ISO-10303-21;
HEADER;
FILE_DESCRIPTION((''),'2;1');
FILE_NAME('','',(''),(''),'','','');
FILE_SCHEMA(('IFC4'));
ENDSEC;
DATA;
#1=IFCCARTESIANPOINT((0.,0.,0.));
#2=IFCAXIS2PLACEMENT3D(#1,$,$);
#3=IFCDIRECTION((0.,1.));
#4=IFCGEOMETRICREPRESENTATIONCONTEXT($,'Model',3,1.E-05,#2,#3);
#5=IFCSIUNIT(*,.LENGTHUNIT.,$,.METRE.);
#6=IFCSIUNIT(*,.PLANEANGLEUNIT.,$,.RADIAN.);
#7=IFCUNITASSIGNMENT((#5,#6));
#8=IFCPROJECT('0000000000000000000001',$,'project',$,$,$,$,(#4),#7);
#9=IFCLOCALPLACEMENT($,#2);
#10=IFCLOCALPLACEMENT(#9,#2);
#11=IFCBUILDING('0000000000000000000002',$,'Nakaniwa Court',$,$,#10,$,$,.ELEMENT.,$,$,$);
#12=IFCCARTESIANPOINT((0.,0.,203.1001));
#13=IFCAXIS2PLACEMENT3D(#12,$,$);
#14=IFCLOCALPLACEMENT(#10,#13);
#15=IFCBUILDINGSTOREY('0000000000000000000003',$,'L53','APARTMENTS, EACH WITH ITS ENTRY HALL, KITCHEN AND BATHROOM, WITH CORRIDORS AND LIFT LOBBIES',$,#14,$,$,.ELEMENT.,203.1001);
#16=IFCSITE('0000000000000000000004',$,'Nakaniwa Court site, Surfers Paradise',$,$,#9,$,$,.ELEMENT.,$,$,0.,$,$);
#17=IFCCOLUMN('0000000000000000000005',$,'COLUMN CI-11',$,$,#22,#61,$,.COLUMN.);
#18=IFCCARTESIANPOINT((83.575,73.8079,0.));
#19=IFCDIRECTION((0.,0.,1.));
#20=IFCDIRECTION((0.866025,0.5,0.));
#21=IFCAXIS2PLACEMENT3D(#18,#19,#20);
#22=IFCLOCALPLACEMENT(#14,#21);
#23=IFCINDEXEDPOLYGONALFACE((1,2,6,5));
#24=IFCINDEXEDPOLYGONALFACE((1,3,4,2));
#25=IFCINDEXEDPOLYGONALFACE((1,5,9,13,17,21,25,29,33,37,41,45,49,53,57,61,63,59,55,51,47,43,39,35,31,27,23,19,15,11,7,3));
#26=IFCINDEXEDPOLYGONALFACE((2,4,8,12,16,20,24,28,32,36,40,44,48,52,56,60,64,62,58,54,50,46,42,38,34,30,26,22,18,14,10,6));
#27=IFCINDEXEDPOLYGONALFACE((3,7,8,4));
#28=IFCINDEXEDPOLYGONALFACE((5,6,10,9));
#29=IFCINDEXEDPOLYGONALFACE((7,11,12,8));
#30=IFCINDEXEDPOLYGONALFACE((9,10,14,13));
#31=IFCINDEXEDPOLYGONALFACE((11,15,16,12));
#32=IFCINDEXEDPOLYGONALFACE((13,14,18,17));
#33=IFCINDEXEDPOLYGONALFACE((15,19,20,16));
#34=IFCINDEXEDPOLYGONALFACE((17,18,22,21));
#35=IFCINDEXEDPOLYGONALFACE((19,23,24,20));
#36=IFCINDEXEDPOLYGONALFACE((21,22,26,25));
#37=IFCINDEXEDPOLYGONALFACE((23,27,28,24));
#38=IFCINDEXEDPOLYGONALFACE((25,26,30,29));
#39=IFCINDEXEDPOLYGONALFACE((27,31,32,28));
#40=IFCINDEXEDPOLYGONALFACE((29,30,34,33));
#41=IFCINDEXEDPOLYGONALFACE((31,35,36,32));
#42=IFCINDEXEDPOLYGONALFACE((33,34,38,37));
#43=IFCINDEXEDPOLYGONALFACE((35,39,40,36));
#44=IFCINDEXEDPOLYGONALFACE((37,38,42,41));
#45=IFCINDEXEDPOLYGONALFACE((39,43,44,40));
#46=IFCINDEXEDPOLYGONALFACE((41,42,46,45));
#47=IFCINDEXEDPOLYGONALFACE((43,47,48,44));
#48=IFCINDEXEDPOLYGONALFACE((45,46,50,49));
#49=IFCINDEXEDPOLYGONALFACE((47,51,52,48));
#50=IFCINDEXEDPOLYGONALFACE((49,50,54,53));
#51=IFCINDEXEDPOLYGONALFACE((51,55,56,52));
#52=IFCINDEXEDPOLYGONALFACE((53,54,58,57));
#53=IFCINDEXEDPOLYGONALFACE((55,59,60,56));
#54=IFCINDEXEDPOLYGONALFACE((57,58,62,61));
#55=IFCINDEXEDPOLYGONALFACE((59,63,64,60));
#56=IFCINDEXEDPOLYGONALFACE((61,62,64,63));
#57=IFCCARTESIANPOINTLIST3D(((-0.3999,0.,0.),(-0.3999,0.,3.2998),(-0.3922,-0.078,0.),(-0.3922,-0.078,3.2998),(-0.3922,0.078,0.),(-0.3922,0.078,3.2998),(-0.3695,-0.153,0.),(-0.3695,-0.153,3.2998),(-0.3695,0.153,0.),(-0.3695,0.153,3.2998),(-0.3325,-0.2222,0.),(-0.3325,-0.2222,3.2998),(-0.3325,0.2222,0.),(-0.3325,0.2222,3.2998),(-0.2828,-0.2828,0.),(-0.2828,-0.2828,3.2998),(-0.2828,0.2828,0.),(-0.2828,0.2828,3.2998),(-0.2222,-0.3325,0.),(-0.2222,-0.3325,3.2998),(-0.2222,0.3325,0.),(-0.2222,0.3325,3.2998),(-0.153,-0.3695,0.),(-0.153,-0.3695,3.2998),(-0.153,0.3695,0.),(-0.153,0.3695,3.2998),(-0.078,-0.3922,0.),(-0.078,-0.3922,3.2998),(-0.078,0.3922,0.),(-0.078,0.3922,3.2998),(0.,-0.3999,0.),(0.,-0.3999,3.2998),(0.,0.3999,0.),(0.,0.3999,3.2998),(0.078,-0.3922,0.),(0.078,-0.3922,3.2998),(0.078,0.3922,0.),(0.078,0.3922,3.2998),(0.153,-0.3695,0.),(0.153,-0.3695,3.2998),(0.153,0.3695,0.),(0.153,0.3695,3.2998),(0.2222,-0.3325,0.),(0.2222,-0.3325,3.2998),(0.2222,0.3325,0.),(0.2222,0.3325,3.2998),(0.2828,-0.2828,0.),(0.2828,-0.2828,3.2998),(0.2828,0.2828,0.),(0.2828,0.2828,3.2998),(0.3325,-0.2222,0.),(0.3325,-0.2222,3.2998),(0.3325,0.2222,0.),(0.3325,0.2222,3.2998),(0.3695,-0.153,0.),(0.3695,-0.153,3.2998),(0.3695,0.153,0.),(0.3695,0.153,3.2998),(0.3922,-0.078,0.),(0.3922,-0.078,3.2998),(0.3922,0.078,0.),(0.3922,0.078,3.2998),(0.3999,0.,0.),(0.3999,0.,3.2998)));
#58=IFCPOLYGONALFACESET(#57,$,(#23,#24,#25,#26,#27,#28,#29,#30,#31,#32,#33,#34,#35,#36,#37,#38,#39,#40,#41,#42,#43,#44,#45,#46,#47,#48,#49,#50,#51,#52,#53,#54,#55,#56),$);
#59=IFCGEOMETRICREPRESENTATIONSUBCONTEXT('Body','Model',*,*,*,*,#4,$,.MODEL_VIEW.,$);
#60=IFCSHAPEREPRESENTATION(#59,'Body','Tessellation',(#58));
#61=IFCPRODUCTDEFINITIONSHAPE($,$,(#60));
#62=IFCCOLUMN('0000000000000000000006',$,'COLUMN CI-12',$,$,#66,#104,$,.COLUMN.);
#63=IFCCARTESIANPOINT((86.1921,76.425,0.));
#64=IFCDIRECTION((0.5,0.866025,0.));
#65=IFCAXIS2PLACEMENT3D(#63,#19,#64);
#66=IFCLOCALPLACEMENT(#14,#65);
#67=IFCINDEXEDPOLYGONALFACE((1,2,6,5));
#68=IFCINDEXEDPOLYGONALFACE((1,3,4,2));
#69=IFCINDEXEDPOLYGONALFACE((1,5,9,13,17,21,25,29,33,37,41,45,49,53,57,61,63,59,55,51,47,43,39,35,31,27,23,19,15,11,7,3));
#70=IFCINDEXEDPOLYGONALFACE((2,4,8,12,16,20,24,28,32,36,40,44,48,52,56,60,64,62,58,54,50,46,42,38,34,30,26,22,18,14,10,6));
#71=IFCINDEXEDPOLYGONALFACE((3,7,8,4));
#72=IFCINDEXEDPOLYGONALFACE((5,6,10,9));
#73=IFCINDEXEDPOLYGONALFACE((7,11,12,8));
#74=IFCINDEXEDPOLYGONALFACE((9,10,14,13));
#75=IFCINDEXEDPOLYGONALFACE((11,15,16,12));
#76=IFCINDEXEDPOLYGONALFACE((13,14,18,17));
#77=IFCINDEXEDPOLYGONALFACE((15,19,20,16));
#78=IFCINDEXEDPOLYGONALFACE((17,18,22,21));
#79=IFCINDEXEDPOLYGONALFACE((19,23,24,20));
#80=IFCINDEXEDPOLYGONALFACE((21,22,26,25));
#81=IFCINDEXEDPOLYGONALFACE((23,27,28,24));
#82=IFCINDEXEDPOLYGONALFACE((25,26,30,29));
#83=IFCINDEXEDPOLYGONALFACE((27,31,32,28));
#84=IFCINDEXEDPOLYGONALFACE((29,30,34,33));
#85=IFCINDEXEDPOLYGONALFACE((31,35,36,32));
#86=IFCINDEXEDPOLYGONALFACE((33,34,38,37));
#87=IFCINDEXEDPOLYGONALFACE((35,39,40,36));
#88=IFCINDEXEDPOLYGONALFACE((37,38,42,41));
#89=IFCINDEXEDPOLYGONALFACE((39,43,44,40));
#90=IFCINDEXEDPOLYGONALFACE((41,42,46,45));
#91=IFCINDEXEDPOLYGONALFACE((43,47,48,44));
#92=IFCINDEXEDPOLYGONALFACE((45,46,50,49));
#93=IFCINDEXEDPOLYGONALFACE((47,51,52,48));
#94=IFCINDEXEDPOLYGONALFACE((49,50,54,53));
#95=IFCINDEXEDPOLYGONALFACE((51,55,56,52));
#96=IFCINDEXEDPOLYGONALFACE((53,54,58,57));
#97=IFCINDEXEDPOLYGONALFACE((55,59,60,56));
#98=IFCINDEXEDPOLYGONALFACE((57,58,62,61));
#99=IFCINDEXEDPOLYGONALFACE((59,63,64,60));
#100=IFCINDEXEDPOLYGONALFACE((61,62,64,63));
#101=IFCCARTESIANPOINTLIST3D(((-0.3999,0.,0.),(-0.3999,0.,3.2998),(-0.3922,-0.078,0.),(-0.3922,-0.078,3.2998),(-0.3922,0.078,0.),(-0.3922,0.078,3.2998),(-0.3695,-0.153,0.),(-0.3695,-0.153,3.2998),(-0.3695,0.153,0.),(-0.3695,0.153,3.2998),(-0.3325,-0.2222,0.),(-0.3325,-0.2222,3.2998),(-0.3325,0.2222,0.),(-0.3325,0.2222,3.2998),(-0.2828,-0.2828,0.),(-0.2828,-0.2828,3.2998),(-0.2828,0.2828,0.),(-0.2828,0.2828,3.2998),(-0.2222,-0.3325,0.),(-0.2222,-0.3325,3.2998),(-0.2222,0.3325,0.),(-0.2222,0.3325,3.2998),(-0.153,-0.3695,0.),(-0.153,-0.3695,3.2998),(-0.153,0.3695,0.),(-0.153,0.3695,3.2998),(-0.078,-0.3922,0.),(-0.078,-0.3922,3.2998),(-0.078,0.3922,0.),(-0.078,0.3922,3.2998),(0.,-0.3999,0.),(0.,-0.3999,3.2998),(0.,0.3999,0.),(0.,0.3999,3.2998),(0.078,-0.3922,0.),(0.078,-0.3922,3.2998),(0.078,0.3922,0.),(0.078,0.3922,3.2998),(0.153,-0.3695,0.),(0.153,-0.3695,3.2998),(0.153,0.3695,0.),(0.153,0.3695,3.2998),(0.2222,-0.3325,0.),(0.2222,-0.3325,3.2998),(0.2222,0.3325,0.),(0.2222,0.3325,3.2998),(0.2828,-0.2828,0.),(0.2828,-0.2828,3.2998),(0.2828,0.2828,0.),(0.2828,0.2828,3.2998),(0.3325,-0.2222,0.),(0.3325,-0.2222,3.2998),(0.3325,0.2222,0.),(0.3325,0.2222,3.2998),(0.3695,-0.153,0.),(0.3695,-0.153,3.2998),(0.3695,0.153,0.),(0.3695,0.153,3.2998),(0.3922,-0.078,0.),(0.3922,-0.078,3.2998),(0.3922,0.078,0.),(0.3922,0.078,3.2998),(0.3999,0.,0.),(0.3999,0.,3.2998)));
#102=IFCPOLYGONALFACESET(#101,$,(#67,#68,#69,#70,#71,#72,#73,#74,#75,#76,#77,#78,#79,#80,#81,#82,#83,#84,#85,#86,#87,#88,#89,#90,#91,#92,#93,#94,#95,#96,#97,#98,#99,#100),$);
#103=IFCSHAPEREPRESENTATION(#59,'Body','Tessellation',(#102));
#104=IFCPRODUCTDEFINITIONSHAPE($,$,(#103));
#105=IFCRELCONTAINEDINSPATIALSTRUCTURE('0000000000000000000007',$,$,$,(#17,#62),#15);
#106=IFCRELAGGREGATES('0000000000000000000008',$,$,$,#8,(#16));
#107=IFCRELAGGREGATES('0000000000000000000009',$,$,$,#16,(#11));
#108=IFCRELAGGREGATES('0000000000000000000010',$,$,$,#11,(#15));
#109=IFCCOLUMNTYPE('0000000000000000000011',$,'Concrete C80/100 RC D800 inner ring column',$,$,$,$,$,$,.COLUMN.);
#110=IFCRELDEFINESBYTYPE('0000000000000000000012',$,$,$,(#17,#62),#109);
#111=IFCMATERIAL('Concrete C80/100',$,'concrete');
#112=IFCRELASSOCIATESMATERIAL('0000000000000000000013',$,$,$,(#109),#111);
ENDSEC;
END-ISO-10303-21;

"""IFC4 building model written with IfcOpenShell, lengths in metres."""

from ifc_helpers import new_model, si_unit, direction, frame, origin, origin_2d, place, context, subcontext, project, spatial, circle, extrude, material, material_profile, profile_set, type_object, element, save


model = new_model("IFC4")

# Units and contexts
model_context = context("Model", 3, precision=1e-05, world=origin(), true_north=direction((0.0, 1.0)))
body_context = subcontext(model_context, "Body", "Model", "MODEL_VIEW")
ifc_project = project(units=[si_unit("LENGTHUNIT", "METRE"), si_unit("PLANEANGLEUNIT", "RADIAN")], contexts=[model_context])

# Site, building, storey
site_placement = place(None, origin())
site = spatial("IfcSite", under=ifc_project, at=site_placement, Name="Nakaniwa Court site, Surfers Paradise", CompositionType="ELEMENT", RefElevation=0.0)
building_placement = place(site_placement, origin())
building = spatial("IfcBuilding", under=site, at=building_placement, Name="Nakaniwa Court", CompositionType="ELEMENT")
storey_placement = place(building_placement, frame((0.0, 0.0, 203.1001)))
storey = spatial("IfcBuildingStorey", under=building, at=storey_placement, Name="L53", Description="APARTMENTS, EACH WITH ITS ENTRY HALL, KITCHEN AND BATHROOM, WITH CORRIDORS AND LIFT LOBBIES", CompositionType="ELEMENT", Elevation=203.1001)

# Columns
ifc_material_1 = material(Name="Concrete C80/100", Category="concrete")
ifc_material_profile_1 = material_profile(ifc_material_1, circle(Radius=0.3999, at=origin_2d()), Name="Concrete C80/100 RC D800 inner ring column")
ifc_profile_set_1 = profile_set([ifc_material_profile_1], Name="Concrete C80/100")
column_type = type_object("IfcColumnType", Name="Concrete C80/100 RC D800 inner ring column", PredefinedType="COLUMN", material=ifc_profile_set_1)
for number, where, z_axis, x_axis, name in (
    (1, (83.575, 73.8079, 0.0), (0.0, 0.0, 1.0), (0.866025, 0.5, 0.0), "COLUMN CI-11"),
    (2, (86.1921, 76.425, 0.0), (0.0, 0.0, 1.0), (0.5, 0.866025, 0.0), "COLUMN CI-12"),
):
    element("IfcColumn", number, at=place(storey_placement, frame(where, z_axis=z_axis, x_axis=x_axis)), inside=storey, type_object=column_type, Name=name, PredefinedType="COLUMN", context=body_context, shape_type="SweptSolid", body=[
        extrude(circle(Radius=0.3999, at=origin_2d()), origin(), (0.0, 0.0, 1.0), 3.2998),
    ])

save(model, "model.ifc")
